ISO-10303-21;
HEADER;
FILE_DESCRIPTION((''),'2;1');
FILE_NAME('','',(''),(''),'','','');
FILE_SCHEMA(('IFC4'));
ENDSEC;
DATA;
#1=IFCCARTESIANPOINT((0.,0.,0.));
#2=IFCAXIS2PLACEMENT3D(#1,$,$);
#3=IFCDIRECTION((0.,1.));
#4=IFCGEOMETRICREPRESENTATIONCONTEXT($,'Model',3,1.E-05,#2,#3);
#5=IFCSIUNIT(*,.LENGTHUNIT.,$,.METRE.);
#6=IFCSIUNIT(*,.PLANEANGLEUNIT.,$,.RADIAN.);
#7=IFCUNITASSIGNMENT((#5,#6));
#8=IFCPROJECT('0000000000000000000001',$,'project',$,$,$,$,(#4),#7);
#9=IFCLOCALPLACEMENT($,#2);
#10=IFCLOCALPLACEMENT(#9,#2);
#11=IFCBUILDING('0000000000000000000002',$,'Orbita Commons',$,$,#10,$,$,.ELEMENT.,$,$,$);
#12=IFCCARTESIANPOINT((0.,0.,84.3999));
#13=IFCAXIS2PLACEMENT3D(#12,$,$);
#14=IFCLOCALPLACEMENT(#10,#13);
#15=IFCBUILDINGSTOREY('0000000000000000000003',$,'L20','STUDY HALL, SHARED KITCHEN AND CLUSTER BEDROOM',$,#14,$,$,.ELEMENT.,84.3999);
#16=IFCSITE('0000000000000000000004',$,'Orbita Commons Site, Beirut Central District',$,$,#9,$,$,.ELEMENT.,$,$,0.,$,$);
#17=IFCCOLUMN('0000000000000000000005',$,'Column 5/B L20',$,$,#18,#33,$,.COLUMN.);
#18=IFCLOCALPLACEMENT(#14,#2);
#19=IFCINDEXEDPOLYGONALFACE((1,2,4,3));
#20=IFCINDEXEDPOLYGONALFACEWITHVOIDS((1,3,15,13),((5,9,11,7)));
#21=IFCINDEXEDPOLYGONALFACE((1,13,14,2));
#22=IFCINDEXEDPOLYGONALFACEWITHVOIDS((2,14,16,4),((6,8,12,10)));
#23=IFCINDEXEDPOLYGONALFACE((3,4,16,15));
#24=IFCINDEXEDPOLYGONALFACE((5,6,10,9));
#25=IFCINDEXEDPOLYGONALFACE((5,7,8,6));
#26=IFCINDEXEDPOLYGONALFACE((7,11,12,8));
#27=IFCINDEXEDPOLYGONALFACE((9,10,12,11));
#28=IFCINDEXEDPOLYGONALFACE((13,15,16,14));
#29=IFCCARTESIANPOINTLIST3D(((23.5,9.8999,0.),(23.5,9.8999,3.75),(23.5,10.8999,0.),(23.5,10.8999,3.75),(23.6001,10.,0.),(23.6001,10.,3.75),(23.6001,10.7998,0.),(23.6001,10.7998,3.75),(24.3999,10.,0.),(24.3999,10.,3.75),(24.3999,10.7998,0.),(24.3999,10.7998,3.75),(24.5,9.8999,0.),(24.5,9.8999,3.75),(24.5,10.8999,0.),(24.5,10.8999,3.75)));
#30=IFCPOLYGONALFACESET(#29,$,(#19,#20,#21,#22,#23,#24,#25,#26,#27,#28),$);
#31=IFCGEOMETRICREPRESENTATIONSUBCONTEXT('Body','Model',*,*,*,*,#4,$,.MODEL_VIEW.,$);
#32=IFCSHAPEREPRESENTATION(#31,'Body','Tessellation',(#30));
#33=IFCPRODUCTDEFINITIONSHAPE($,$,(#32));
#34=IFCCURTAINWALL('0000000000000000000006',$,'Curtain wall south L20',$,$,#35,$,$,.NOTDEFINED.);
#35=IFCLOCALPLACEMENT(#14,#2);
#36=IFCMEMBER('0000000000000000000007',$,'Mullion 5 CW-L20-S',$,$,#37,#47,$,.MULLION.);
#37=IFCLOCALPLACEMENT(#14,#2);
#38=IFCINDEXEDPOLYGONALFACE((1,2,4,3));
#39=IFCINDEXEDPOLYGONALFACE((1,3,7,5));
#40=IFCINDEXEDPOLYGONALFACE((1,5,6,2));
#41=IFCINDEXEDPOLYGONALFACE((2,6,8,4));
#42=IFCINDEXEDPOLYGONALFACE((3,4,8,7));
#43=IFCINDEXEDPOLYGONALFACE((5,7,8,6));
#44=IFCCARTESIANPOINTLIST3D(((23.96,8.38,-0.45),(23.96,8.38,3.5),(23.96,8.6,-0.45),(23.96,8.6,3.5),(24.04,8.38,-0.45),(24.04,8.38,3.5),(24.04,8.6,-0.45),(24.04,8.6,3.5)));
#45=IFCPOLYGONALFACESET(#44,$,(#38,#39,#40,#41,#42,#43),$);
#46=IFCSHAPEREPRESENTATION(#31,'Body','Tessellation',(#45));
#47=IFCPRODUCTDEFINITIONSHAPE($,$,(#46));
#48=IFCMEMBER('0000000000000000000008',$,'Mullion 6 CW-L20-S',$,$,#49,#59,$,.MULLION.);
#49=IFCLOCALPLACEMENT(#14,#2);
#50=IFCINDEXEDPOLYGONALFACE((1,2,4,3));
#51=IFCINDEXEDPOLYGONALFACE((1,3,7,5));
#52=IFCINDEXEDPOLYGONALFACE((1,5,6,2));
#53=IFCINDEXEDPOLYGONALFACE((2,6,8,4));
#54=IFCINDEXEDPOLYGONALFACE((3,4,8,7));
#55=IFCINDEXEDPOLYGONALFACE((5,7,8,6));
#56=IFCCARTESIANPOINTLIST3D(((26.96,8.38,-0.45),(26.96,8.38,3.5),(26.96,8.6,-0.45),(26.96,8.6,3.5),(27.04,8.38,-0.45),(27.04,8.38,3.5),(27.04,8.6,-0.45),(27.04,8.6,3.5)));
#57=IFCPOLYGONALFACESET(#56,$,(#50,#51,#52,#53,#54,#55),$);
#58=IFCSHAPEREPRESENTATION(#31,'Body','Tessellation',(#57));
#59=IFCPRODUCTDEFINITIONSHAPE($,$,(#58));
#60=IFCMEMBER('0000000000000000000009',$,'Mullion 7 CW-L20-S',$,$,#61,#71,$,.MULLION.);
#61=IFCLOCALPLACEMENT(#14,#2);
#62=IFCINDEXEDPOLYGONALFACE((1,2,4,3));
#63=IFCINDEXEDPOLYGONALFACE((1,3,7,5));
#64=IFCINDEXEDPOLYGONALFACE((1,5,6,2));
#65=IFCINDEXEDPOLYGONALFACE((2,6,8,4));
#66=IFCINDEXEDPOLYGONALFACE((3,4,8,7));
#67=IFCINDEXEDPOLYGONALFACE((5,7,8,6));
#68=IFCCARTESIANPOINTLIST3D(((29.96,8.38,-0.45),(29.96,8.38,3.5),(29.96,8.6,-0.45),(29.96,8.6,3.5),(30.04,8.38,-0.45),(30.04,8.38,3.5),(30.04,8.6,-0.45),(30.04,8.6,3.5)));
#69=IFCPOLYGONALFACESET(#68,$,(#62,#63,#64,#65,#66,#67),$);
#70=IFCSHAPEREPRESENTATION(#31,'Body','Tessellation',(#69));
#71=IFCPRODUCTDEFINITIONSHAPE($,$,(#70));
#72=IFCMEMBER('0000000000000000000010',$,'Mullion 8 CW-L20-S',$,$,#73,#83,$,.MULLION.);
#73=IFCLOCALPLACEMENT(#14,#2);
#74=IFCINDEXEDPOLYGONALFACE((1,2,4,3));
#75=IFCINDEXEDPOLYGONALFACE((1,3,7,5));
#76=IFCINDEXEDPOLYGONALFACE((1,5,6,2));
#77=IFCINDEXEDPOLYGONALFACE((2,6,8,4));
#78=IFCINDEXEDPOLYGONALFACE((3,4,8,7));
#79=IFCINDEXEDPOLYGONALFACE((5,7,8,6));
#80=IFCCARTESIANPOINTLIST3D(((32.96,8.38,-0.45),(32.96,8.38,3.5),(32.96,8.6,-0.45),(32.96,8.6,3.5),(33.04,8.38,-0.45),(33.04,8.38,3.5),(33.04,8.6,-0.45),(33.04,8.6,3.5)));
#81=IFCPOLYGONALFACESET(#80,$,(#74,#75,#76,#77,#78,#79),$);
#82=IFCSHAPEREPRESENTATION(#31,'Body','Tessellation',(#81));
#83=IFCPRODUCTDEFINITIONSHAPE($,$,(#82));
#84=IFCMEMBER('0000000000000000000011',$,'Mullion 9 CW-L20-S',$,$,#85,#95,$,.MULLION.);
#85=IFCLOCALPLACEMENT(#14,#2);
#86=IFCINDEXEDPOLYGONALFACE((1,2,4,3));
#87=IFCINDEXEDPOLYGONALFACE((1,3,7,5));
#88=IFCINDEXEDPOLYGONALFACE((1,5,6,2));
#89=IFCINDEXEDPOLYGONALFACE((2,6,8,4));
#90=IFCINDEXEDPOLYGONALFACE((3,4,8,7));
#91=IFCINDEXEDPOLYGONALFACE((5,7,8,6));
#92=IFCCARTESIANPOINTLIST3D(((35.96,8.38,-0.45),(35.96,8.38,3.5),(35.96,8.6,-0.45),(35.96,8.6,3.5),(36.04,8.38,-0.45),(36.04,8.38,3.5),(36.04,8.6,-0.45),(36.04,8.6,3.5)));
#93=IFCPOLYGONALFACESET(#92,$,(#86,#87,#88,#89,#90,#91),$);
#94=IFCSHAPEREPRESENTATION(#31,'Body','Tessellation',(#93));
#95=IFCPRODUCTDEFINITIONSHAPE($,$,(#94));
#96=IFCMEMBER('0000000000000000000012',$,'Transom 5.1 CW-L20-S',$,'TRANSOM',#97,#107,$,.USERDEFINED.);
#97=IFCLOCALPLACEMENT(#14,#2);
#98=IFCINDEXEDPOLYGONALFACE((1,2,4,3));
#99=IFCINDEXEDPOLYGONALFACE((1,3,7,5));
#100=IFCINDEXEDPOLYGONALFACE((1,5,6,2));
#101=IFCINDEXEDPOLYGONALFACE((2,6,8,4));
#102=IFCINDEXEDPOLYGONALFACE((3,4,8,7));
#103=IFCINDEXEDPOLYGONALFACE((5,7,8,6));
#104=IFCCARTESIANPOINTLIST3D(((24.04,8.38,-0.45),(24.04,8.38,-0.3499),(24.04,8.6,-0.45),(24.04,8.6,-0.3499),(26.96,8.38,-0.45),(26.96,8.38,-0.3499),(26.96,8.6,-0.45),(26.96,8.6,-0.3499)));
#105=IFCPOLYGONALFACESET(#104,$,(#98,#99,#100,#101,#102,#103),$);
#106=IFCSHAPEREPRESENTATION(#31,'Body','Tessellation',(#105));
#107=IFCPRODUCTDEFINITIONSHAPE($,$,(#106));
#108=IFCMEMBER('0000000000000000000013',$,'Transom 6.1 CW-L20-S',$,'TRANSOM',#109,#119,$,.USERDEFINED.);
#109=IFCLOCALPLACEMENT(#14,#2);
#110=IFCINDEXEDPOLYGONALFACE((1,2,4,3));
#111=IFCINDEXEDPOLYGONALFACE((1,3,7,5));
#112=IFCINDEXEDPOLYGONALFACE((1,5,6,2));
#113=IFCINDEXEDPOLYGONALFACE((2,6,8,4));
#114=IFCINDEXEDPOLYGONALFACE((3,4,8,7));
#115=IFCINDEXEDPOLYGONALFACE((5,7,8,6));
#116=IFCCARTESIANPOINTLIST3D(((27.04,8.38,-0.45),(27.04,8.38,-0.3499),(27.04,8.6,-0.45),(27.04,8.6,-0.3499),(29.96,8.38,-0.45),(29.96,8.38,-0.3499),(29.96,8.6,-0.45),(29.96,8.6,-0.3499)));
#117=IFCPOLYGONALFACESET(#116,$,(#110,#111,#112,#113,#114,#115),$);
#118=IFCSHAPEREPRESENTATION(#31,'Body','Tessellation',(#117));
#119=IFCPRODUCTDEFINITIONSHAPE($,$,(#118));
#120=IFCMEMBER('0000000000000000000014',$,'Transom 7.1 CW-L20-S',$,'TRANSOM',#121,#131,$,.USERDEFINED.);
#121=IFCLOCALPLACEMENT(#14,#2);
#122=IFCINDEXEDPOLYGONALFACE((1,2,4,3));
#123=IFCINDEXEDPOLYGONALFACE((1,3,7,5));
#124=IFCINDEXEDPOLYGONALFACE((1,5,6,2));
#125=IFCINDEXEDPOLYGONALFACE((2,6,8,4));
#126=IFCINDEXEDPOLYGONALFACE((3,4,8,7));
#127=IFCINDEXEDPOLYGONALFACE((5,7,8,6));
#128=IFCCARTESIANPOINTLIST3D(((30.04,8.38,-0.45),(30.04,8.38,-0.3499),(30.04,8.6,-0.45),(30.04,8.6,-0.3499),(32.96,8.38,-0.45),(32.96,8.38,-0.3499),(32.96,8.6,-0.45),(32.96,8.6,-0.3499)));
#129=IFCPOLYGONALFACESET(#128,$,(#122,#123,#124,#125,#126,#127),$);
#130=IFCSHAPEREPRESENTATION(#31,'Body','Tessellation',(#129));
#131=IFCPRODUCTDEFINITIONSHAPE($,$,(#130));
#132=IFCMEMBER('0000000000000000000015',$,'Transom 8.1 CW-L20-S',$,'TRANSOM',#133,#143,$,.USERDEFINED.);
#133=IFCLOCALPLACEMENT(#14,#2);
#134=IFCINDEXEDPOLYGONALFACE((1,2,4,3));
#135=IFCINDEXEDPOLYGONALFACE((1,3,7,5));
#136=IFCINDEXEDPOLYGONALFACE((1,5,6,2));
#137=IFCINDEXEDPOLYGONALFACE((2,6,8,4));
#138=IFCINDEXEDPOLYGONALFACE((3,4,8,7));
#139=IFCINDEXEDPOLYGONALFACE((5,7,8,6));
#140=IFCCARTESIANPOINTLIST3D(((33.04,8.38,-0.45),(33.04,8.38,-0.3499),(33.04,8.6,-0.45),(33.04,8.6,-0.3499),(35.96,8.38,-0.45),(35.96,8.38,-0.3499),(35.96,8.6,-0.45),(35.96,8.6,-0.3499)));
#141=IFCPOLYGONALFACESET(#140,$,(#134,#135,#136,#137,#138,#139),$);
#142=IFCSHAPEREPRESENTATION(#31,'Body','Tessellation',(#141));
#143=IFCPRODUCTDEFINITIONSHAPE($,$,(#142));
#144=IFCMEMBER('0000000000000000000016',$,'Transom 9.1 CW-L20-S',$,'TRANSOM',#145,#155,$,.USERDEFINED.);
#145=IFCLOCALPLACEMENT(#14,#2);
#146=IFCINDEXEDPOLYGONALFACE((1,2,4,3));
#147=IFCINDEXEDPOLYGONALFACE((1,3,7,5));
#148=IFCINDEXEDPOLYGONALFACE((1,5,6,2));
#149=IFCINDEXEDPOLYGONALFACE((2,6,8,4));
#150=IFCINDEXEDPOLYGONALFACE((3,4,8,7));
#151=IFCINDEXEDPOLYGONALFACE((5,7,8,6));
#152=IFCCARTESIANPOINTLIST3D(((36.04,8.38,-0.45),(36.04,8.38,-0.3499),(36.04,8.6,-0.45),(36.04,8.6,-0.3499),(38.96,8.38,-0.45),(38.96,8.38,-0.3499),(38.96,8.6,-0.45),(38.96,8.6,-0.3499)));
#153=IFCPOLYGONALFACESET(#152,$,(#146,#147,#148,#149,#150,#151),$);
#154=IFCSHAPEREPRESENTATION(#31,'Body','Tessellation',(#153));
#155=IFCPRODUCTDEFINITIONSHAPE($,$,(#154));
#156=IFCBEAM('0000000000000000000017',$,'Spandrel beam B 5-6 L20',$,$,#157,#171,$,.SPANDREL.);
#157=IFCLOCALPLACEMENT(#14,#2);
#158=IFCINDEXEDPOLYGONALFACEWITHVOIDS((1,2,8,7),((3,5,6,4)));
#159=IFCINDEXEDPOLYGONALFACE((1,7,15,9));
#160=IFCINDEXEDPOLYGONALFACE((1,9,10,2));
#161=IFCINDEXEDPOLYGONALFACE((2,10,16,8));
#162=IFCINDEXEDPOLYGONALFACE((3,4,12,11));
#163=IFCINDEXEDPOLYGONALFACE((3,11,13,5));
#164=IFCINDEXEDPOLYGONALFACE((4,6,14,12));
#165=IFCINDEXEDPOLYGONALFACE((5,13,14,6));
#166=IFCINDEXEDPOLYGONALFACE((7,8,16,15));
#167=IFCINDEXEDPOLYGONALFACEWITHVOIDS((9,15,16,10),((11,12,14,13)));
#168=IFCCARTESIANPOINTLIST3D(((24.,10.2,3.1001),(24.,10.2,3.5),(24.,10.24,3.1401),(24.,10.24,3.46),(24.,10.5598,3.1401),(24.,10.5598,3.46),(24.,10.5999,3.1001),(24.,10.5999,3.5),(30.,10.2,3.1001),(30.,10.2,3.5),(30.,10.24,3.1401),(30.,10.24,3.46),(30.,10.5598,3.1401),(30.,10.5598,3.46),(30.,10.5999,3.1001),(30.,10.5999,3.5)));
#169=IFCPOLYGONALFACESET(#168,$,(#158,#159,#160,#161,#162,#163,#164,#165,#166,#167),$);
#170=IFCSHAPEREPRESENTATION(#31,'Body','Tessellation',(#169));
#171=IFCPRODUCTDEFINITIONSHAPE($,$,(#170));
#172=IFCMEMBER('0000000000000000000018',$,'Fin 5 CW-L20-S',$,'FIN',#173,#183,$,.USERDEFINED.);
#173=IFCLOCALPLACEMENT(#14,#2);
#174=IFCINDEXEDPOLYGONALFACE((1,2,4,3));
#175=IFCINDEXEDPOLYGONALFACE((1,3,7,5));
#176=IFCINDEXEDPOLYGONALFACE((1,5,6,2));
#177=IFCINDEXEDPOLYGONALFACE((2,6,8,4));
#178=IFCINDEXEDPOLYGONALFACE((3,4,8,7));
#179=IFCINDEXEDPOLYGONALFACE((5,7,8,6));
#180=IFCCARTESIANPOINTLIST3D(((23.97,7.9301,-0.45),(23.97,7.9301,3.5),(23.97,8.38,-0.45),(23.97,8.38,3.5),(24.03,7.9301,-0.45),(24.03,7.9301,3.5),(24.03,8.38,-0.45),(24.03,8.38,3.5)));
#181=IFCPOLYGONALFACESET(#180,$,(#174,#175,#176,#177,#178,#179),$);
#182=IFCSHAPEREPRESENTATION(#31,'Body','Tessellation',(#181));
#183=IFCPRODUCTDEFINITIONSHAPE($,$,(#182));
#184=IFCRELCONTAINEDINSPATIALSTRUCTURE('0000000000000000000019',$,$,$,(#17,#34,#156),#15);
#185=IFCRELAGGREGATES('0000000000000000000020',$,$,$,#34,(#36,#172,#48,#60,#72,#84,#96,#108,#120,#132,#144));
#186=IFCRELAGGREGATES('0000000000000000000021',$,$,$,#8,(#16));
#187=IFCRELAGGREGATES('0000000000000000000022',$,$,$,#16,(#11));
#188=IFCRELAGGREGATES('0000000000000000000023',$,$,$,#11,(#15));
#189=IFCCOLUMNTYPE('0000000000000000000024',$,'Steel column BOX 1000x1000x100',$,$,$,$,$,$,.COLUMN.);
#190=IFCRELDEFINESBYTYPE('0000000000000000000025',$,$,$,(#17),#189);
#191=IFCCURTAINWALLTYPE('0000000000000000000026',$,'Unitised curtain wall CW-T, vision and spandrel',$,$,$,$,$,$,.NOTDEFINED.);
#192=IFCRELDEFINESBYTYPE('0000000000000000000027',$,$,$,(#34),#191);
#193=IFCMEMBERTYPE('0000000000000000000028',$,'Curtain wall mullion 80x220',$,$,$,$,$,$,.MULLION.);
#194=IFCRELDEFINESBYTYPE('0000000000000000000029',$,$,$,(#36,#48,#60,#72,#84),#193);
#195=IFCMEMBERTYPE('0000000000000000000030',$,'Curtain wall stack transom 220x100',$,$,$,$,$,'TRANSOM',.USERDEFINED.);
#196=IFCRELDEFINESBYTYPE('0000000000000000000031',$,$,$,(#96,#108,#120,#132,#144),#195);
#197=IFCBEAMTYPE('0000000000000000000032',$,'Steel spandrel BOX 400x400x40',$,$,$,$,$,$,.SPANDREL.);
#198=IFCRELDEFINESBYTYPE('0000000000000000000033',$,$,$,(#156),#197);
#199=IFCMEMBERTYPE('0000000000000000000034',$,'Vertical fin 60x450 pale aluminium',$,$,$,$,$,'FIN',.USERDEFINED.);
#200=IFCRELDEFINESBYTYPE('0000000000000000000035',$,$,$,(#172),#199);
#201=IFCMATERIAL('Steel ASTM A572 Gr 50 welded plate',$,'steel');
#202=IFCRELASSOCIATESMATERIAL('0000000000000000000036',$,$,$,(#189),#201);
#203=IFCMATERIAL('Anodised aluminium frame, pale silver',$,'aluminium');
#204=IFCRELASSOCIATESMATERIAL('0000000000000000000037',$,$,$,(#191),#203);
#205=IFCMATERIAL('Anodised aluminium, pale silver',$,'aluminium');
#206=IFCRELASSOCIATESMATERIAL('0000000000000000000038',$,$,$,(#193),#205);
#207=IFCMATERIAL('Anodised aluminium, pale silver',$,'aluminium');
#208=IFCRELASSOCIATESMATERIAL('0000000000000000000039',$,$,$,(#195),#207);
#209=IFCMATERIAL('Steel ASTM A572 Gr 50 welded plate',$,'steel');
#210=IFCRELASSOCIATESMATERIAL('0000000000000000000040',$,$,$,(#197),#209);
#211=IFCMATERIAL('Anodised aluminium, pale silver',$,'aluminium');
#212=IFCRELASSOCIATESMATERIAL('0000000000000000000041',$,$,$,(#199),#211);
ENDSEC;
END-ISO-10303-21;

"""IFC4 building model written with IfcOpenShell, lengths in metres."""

from ifc_helpers import new_model, si_unit, direction, frame, origin, origin_2d, place, context, subcontext, project, spatial, rectangle, hollow_rectangle, extrude, material, material_profile, profile_set, type_object, element, aggregate, save


model = new_model("IFC4")

# Units and contexts
model_context = context("Model", 3, precision=1e-05, world=origin(), true_north=direction((0.0, 1.0)))
body_context = subcontext(model_context, "Body", "Model", "MODEL_VIEW")
ifc_project = project(units=[si_unit("LENGTHUNIT", "METRE"), si_unit("PLANEANGLEUNIT", "RADIAN")], contexts=[model_context])

# Site, building, storey
site_placement = place(None, origin())
site = spatial("IfcSite", under=ifc_project, at=site_placement, Name="Orbita Commons Site, Beirut Central District", CompositionType="ELEMENT", RefElevation=0.0)
building_placement = place(site_placement, origin())
building = spatial("IfcBuilding", under=site, at=building_placement, Name="Orbita Commons", CompositionType="ELEMENT")
storey_placement = place(building_placement, frame((0.0, 0.0, 84.3999)))
storey = spatial("IfcBuildingStorey", under=building, at=storey_placement, Name="L20", Description="STUDY HALL, SHARED KITCHEN AND CLUSTER BEDROOM", CompositionType="ELEMENT", Elevation=84.3999)

# Column
ifc_material_1 = material(Name="Steel ASTM A572 Gr 50 welded plate", Category="steel")
ifc_material_profile_1 = material_profile(ifc_material_1, hollow_rectangle(XDim=1.0, YDim=1.0, WallThickness=0.1001, at=origin_2d()), Name="BOX 1000x1000x100")
ifc_profile_set_1 = profile_set([ifc_material_profile_1], Name="Steel ASTM A572 Gr 50 welded plate")
column_type = type_object("IfcColumnType", Name="Steel column BOX 1000x1000x100", PredefinedType="COLUMN", material=ifc_profile_set_1)
column_placement = place(storey_placement, frame((24.0, 10.3999, 0.0), z_axis=(0.0, 0.0, 1.0), x_axis=(1.0, 0.0, 0.0)))
element("IfcColumn", 1, at=column_placement, inside=storey, type_object=column_type, Name="Column 5/B L20", PredefinedType="COLUMN", context=body_context, shape_type="SweptSolid", body=[
    extrude(hollow_rectangle(XDim=1.0, YDim=1.0, WallThickness=0.1001, at=origin_2d()), origin(), (0.0, 0.0, 1.0), 3.75),
])

# Curtain wall, members
ifc_material_2 = material(Name="Anodised aluminium frame, pale silver", Category="aluminium")
curtain_wall_type = type_object("IfcCurtainWallType", Name="Unitised curtain wall CW-T, vision and spandrel", PredefinedType="NOTDEFINED", material=ifc_material_2)
curtain_wall_placement = place(storey_placement, origin())
curtain_wall = element("IfcCurtainWall", 2, at=curtain_wall_placement, inside=storey, type_object=curtain_wall_type, Name="Curtain wall south L20", PredefinedType="NOTDEFINED")
ifc_material_3 = material(Name="Anodised aluminium, pale silver", Category="aluminium")
ifc_material_profile_2 = material_profile(ifc_material_3, rectangle(XDim=0.0801, YDim=0.22, at=origin_2d()), Name="AL 80x220")
ifc_profile_set_2 = profile_set([ifc_material_profile_2], Name="Anodised aluminium, pale silver")
member_type_1 = type_object("IfcMemberType", Name="Curtain wall mullion 80x220", PredefinedType="MULLION", material=ifc_profile_set_2)
member_1_placement = place(storey_placement, frame((24.0, 8.49, -0.45), z_axis=(0.0, 0.0, 1.0), x_axis=(1.0, 0.0, 0.0)))
member_1 = element("IfcMember", 3, at=member_1_placement, type_object=member_type_1, Name="Mullion 5 CW-L20-S", PredefinedType="MULLION", context=body_context, shape_type="SweptSolid", body=[
    extrude(rectangle(XDim=0.0801, YDim=0.22, at=origin_2d()), origin(), (0.0, 0.0, 1.0), 3.95),
])
member_2_placement = place(storey_placement, frame((27.0, 8.49, -0.45), z_axis=(0.0, 0.0, 1.0), x_axis=(1.0, 0.0, 0.0)))
member_2 = element("IfcMember", 4, at=member_2_placement, type_object=member_type_1, Name="Mullion 6 CW-L20-S", PredefinedType="MULLION", context=body_context, shape_type="SweptSolid", body=[
    extrude(rectangle(XDim=0.0801, YDim=0.22, at=origin_2d()), origin(), (0.0, 0.0, 1.0), 3.95),
])
member_3_placement = place(storey_placement, frame((30.0, 8.49, -0.45), z_axis=(0.0, 0.0, 1.0), x_axis=(1.0, 0.0, 0.0)))
member_3 = element("IfcMember", 5, at=member_3_placement, type_object=member_type_1, Name="Mullion 7 CW-L20-S", PredefinedType="MULLION", context=body_context, shape_type="SweptSolid", body=[
    extrude(rectangle(XDim=0.0801, YDim=0.22, at=origin_2d()), origin(), (0.0, 0.0, 1.0), 3.95),
])
member_4_placement = place(storey_placement, frame((33.0, 8.49, -0.45), z_axis=(0.0, 0.0, 1.0), x_axis=(1.0, 0.0, 0.0)))
member_4 = element("IfcMember", 6, at=member_4_placement, type_object=member_type_1, Name="Mullion 8 CW-L20-S", PredefinedType="MULLION", context=body_context, shape_type="SweptSolid", body=[
    extrude(rectangle(XDim=0.0801, YDim=0.22, at=origin_2d()), origin(), (0.0, 0.0, 1.0), 3.95),
])
member_5_placement = place(storey_placement, frame((36.0, 8.49, -0.45), z_axis=(0.0, 0.0, 1.0), x_axis=(1.0, 0.0, 0.0)))
member_5 = element("IfcMember", 7, at=member_5_placement, type_object=member_type_1, Name="Mullion 9 CW-L20-S", PredefinedType="MULLION", context=body_context, shape_type="SweptSolid", body=[
    extrude(rectangle(XDim=0.0801, YDim=0.22, at=origin_2d()), origin(), (0.0, 0.0, 1.0), 3.95),
])
ifc_material_4 = material(Name="Anodised aluminium, pale silver", Category="aluminium")
ifc_material_profile_3 = material_profile(ifc_material_4, rectangle(XDim=0.22, YDim=0.1001, at=origin_2d()), Name="AL 220x100")
ifc_profile_set_3 = profile_set([ifc_material_profile_3], Name="Anodised aluminium, pale silver")
member_type_2 = type_object("IfcMemberType", Name="Curtain wall stack transom 220x100", ElementType="TRANSOM", PredefinedType="USERDEFINED", material=ifc_profile_set_3)
member_6_placement = place(storey_placement, frame((24.04, 8.49, -0.3999), z_axis=(1.0, 0.0, 0.0), x_axis=(0.0, 1.0, 0.0)))
member_6 = element("IfcMember", 8, at=member_6_placement, type_object=member_type_2, Name="Transom 5.1 CW-L20-S", ObjectType="TRANSOM", PredefinedType="USERDEFINED", context=body_context, shape_type="SweptSolid", body=[
    extrude(rectangle(XDim=0.22, YDim=0.1001, at=origin_2d()), origin(), (0.0, 0.0, 1.0), 2.9199),
])
member_7_placement = place(storey_placement, frame((27.04, 8.49, -0.3999), z_axis=(1.0, 0.0, 0.0), x_axis=(0.0, 1.0, 0.0)))
member_7 = element("IfcMember", 9, at=member_7_placement, type_object=member_type_2, Name="Transom 6.1 CW-L20-S", ObjectType="TRANSOM", PredefinedType="USERDEFINED", context=body_context, shape_type="SweptSolid", body=[
    extrude(rectangle(XDim=0.22, YDim=0.1001, at=origin_2d()), origin(), (0.0, 0.0, 1.0), 2.9199),
])
member_8_placement = place(storey_placement, frame((30.04, 8.49, -0.3999), z_axis=(1.0, 0.0, 0.0), x_axis=(0.0, 1.0, 0.0)))
member_8 = element("IfcMember", 10, at=member_8_placement, type_object=member_type_2, Name="Transom 7.1 CW-L20-S", ObjectType="TRANSOM", PredefinedType="USERDEFINED", context=body_context, shape_type="SweptSolid", body=[
    extrude(rectangle(XDim=0.22, YDim=0.1001, at=origin_2d()), origin(), (0.0, 0.0, 1.0), 2.9199),
])
member_9_placement = place(storey_placement, frame((33.04, 8.49, -0.3999), z_axis=(1.0, 0.0, 0.0), x_axis=(0.0, 1.0, 0.0)))
member_9 = element("IfcMember", 11, at=member_9_placement, type_object=member_type_2, Name="Transom 8.1 CW-L20-S", ObjectType="TRANSOM", PredefinedType="USERDEFINED", context=body_context, shape_type="SweptSolid", body=[
    extrude(rectangle(XDim=0.22, YDim=0.1001, at=origin_2d()), origin(), (0.0, 0.0, 1.0), 2.9199),
])
member_10_placement = place(storey_placement, frame((36.04, 8.49, -0.3999), z_axis=(1.0, 0.0, 0.0), x_axis=(0.0, 1.0, 0.0)))
member_10 = element("IfcMember", 12, at=member_10_placement, type_object=member_type_2, Name="Transom 9.1 CW-L20-S", ObjectType="TRANSOM", PredefinedType="USERDEFINED", context=body_context, shape_type="SweptSolid", body=[
    extrude(rectangle(XDim=0.22, YDim=0.1001, at=origin_2d()), origin(), (0.0, 0.0, 1.0), 2.9199),
])

# Beam
ifc_material_5 = material(Name="Steel ASTM A572 Gr 50 welded plate", Category="steel")
ifc_material_profile_4 = material_profile(ifc_material_5, hollow_rectangle(XDim=0.3999, YDim=0.3999, WallThickness=0.04, at=origin_2d()), Name="BOX 400x400x40")
ifc_profile_set_4 = profile_set([ifc_material_profile_4], Name="Steel ASTM A572 Gr 50 welded plate")
beam_type = type_object("IfcBeamType", Name="Steel spandrel BOX 400x400x40", PredefinedType="SPANDREL", material=ifc_profile_set_4)
beam_placement = place(storey_placement, frame((24.0, 10.3999, 3.3), z_axis=(1.0, 0.0, 0.0), x_axis=(0.0, 1.0, 0.0)))
element("IfcBeam", 13, at=beam_placement, inside=storey, type_object=beam_type, Name="Spandrel beam B 5-6 L20", PredefinedType="SPANDREL", context=body_context, shape_type="SweptSolid", body=[
    extrude(hollow_rectangle(XDim=0.3999, YDim=0.3999, WallThickness=0.04, at=origin_2d()), origin(), (0.0, 0.0, 1.0), 6.0),
])

# Member
ifc_material_6 = material(Name="Anodised aluminium, pale silver", Category="aluminium")
ifc_material_profile_5 = material_profile(ifc_material_6, rectangle(XDim=0.0601, YDim=0.45, at=origin_2d()), Name="FIN 60x450")
ifc_profile_set_5 = profile_set([ifc_material_profile_5], Name="Anodised aluminium, pale silver")
member_type_3 = type_object("IfcMemberType", Name="Vertical fin 60x450 pale aluminium", ElementType="FIN", PredefinedType="USERDEFINED", material=ifc_profile_set_5)
member_11_placement = place(storey_placement, frame((24.0, 8.155, -0.45), z_axis=(0.0, 0.0, 1.0), x_axis=(1.0, 0.0, 0.0)))
member_11 = element("IfcMember", 14, at=member_11_placement, type_object=member_type_3, Name="Fin 5 CW-L20-S", ObjectType="FIN", PredefinedType="USERDEFINED", context=body_context, shape_type="SweptSolid", body=[
    extrude(rectangle(XDim=0.0601, YDim=0.45, at=origin_2d()), origin(), (0.0, 0.0, 1.0), 3.95),
])

aggregate(curtain_wall, [member_1, member_11, member_2, member_3, member_4, member_5, member_6, member_7, member_8, member_9, member_10])

save(model, "model.ifc")
